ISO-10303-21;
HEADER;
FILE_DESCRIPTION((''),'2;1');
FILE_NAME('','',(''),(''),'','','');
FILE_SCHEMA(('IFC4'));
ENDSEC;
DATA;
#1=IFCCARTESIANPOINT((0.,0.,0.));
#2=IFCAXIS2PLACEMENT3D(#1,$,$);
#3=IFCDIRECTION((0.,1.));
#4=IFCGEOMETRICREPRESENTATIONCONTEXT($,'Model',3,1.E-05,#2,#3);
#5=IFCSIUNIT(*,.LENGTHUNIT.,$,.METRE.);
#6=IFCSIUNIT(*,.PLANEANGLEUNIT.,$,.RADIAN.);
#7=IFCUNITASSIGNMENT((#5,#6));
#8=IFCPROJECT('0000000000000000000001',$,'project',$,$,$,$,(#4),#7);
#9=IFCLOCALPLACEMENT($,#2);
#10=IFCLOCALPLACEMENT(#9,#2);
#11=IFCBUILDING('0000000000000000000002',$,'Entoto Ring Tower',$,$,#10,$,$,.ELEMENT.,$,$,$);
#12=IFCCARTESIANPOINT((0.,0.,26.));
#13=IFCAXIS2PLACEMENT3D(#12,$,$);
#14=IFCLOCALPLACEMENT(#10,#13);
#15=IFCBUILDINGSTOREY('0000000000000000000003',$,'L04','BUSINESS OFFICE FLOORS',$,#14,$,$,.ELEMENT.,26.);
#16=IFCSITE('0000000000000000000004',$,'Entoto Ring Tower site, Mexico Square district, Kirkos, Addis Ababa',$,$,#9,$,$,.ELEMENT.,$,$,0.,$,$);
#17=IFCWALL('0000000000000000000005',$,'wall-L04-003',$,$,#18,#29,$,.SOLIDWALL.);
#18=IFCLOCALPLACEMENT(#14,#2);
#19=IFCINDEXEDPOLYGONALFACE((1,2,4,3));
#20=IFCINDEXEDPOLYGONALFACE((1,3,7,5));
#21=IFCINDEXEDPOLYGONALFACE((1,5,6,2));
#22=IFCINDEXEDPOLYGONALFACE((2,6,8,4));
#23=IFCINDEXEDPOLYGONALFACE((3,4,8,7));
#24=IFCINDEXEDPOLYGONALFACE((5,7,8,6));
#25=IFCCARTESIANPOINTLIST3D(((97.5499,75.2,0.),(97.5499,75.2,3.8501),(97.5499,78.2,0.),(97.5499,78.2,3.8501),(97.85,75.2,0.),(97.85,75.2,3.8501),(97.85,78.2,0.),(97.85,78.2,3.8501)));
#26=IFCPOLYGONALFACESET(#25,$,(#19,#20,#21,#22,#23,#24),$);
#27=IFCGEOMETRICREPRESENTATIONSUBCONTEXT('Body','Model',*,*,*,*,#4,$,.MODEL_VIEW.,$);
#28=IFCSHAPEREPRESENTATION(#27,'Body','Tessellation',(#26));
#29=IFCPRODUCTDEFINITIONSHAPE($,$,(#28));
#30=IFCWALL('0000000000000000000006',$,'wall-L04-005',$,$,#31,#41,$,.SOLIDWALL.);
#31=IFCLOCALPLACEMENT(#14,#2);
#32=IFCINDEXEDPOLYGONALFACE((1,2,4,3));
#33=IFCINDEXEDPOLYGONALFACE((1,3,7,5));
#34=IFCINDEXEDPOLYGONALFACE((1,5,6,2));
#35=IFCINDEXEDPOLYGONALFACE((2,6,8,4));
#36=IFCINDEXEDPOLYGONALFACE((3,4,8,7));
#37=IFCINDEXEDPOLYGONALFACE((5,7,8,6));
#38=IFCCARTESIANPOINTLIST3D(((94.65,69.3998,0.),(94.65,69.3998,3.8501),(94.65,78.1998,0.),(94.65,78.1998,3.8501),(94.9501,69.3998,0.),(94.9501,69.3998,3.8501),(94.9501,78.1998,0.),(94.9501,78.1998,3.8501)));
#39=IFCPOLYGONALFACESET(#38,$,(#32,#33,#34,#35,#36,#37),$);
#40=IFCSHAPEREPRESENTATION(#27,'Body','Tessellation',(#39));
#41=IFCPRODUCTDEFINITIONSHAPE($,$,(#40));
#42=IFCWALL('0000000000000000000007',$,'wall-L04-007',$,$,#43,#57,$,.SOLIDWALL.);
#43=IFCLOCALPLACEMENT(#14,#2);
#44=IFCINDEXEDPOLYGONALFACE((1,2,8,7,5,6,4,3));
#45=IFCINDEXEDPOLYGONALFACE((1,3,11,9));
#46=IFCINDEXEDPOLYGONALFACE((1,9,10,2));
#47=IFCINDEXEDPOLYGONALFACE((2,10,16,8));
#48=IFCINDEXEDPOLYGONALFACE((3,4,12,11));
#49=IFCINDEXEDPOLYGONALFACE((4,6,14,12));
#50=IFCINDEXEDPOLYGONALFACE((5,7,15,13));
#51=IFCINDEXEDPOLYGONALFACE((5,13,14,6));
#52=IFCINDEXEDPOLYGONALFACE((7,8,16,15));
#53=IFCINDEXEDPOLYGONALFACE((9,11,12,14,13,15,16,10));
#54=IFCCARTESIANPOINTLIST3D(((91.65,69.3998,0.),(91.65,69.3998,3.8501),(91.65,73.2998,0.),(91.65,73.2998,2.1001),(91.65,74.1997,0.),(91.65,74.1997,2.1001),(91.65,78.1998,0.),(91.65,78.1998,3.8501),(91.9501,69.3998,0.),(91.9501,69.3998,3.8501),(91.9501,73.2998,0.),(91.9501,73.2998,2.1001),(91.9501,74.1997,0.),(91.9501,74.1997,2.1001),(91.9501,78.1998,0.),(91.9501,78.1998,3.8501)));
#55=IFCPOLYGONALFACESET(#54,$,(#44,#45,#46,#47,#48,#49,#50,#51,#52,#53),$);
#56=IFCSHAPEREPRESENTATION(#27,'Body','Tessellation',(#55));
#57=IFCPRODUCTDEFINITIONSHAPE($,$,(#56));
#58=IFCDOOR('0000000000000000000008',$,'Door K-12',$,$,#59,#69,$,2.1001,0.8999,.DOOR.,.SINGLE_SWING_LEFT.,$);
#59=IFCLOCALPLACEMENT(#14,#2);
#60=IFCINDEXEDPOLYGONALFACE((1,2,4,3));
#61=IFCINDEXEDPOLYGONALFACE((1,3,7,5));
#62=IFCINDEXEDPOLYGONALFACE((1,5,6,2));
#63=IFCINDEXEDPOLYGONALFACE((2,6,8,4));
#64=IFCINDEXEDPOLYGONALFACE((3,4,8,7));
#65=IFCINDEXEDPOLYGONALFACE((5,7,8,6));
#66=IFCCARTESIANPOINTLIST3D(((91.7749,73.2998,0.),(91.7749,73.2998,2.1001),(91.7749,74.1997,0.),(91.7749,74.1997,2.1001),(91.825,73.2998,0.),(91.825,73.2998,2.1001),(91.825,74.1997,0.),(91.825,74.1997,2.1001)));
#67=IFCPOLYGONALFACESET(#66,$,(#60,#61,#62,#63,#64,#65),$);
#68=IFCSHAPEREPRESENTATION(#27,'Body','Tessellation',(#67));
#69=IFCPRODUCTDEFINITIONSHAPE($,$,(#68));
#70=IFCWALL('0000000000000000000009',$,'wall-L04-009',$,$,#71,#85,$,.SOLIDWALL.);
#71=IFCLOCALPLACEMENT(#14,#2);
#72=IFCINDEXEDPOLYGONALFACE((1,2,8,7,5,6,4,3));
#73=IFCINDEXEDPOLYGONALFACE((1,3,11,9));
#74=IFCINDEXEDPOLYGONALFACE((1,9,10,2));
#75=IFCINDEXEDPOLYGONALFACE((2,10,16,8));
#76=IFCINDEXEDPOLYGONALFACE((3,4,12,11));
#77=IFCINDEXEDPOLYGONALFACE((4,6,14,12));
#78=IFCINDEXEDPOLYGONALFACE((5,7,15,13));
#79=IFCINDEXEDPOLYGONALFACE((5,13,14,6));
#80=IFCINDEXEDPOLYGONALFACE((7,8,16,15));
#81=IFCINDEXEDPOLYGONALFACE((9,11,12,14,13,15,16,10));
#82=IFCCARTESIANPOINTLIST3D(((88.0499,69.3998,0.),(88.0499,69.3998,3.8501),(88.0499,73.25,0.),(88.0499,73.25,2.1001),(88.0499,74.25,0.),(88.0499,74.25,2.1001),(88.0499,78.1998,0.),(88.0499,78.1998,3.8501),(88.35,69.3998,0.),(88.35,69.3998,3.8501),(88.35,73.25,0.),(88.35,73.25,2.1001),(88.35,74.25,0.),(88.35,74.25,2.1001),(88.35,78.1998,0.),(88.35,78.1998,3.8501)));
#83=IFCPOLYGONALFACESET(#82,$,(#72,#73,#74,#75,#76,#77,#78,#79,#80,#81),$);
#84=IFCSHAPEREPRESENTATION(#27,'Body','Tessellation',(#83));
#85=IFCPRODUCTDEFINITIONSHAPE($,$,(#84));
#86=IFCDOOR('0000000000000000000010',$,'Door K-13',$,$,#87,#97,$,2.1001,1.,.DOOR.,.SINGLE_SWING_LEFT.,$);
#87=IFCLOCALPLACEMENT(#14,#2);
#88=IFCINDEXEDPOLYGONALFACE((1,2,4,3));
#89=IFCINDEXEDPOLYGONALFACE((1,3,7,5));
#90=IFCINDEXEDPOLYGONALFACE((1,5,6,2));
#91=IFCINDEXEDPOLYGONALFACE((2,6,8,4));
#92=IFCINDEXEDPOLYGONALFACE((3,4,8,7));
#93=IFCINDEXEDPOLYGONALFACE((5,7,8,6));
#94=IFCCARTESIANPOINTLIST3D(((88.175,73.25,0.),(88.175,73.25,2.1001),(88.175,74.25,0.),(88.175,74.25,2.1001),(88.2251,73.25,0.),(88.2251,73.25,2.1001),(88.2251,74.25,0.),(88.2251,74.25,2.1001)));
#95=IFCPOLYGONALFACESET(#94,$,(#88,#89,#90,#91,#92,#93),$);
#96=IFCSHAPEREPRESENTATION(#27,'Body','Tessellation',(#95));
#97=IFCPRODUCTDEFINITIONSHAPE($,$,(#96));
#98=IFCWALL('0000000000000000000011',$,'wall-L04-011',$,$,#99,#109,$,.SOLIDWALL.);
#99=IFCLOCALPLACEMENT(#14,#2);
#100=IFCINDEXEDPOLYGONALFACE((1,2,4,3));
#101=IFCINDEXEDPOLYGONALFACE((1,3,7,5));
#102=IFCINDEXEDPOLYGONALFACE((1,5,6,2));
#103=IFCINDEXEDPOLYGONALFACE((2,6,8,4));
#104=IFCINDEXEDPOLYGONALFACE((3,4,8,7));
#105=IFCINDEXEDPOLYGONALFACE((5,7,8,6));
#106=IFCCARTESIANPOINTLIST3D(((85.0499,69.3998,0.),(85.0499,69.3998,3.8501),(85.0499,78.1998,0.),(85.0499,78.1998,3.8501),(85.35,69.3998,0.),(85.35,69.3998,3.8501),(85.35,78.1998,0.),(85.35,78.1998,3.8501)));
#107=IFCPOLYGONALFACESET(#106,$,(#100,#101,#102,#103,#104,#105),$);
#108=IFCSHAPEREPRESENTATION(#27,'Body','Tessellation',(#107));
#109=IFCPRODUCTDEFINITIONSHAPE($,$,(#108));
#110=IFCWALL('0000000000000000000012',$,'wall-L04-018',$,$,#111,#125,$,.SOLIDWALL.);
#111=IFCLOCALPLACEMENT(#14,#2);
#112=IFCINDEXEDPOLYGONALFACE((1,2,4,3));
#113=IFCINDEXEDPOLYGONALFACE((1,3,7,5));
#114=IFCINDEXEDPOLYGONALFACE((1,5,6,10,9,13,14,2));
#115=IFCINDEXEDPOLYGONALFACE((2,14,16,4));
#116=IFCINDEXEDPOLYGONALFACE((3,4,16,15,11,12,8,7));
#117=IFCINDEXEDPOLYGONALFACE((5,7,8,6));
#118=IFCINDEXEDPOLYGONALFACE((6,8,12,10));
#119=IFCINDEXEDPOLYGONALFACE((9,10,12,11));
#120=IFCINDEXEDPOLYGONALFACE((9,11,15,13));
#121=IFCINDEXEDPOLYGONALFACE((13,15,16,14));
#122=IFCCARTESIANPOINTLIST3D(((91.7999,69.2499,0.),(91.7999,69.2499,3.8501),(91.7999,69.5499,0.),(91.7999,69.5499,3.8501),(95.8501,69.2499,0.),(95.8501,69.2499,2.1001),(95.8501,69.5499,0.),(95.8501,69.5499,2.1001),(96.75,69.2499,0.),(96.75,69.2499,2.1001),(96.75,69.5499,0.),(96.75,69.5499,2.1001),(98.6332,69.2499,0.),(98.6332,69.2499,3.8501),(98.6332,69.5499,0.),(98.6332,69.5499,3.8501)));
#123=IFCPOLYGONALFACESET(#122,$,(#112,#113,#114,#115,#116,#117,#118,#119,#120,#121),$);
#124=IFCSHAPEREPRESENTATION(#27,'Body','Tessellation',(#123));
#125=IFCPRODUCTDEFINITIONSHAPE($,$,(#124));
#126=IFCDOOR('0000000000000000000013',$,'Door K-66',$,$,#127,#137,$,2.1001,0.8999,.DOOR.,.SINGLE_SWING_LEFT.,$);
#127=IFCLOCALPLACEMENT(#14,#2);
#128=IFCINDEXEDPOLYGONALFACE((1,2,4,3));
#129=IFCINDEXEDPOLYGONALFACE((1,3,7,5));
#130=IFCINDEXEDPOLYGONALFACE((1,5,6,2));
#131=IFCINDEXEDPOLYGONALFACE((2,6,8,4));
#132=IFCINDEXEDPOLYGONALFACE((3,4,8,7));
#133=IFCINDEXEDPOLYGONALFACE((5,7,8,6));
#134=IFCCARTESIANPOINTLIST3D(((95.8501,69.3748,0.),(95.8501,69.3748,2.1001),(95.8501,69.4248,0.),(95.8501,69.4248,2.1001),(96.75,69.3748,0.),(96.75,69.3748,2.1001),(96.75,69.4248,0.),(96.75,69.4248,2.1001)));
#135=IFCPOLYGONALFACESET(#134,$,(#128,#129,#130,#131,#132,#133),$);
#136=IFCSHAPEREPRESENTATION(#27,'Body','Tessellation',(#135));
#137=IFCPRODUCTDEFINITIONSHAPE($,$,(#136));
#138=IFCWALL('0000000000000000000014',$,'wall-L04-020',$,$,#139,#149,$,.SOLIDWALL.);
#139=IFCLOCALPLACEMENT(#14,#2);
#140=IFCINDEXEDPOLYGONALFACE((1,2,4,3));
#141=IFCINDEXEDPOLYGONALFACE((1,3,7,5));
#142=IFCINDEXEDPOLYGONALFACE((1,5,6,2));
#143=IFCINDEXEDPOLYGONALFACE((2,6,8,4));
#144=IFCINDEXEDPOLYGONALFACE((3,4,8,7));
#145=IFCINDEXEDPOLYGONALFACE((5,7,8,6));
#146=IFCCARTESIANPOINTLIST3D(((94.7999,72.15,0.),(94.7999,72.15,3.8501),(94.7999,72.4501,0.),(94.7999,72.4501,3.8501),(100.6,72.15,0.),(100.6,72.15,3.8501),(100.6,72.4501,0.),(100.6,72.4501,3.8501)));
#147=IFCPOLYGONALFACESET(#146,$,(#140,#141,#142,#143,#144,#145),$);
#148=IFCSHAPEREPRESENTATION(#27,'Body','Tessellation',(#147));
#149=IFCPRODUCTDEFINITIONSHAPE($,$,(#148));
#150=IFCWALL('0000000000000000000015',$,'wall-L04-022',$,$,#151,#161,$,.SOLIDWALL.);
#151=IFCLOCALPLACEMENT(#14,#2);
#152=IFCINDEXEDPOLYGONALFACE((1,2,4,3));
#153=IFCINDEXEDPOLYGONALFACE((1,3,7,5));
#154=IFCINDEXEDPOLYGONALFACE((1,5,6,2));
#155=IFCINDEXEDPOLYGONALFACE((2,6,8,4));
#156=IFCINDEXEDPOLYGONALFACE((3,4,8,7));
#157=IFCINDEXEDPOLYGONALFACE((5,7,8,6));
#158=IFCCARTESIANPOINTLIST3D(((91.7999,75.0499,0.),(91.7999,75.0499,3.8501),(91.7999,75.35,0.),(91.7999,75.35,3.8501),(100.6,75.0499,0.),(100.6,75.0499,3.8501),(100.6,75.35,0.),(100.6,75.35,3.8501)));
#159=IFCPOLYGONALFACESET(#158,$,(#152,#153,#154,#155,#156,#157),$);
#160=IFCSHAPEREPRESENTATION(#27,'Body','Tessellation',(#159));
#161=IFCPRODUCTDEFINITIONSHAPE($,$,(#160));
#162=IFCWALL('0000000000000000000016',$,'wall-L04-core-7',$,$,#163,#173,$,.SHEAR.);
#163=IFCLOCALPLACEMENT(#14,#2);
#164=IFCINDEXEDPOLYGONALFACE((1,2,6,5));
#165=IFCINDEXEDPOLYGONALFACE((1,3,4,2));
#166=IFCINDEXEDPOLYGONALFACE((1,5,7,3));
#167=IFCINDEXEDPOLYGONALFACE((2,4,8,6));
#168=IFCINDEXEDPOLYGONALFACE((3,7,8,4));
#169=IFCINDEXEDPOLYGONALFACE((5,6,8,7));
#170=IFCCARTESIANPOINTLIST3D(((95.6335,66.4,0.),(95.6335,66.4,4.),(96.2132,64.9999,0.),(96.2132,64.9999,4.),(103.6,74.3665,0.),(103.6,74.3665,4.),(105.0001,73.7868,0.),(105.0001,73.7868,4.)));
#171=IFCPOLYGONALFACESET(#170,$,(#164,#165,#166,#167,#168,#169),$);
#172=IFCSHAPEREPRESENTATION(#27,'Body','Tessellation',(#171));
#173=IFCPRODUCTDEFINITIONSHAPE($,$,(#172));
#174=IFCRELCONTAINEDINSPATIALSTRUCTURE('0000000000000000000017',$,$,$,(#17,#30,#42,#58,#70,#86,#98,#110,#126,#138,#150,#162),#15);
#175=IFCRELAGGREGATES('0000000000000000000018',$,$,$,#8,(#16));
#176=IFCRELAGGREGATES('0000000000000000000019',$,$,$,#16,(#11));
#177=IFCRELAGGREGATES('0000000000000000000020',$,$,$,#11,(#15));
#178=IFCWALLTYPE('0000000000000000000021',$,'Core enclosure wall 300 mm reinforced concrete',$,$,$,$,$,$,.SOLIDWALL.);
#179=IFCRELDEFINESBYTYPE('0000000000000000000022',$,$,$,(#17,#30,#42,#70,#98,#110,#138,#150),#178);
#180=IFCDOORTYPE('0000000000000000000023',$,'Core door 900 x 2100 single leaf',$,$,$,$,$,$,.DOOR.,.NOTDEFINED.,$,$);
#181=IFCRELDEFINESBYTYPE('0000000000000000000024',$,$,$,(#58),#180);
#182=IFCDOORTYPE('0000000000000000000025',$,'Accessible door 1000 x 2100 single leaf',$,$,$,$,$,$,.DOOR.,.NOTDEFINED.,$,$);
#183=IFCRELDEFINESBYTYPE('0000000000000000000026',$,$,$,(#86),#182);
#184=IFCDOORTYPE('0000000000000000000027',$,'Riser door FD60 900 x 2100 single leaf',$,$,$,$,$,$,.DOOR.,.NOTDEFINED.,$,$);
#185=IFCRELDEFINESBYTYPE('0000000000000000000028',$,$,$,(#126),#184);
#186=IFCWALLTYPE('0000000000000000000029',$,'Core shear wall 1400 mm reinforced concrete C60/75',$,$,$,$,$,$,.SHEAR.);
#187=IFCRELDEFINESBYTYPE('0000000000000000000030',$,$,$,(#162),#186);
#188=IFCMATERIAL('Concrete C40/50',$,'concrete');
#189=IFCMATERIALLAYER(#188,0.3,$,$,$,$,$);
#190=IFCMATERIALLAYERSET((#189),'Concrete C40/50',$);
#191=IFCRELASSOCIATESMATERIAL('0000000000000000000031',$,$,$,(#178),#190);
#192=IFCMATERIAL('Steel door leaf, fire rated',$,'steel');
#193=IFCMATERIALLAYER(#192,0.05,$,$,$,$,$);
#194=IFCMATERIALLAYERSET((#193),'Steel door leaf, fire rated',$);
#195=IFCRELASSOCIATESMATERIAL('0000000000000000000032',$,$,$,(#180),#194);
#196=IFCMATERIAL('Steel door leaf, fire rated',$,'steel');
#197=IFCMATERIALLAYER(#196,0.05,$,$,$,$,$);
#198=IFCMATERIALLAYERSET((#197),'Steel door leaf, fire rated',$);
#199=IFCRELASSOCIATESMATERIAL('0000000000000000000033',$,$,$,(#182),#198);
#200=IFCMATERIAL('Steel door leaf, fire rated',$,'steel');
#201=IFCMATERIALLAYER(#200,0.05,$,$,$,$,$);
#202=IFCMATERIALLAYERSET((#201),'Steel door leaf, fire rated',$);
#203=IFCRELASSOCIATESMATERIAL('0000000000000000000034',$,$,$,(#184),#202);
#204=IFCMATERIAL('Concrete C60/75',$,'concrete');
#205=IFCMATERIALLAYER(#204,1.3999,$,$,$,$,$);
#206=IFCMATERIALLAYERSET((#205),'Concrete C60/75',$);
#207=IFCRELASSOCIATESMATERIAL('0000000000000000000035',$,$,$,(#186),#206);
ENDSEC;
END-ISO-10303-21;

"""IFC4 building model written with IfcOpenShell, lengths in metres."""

from ifc_helpers import new_model, si_unit, direction, frame, frame_2d, origin, place, context, subcontext, project, spatial, polyline, rectangle, outline, extrude, material, layer, layer_set, type_object, element, fill, save


model = new_model("IFC4")

# Units and contexts
model_context = context("Model", 3, precision=1e-05, world=origin(), true_north=direction((0.0, 1.0)))
body_context = subcontext(model_context, "Body", "Model", "MODEL_VIEW")
ifc_project = project(units=[si_unit("LENGTHUNIT", "METRE"), si_unit("PLANEANGLEUNIT", "RADIAN")], contexts=[model_context])

# Site, building, storey
site_placement = place(None, origin())
site = spatial("IfcSite", under=ifc_project, at=site_placement, Name="Entoto Ring Tower site, Mexico Square district, Kirkos, Addis Ababa", CompositionType="ELEMENT", RefElevation=0.0)
building_placement = place(site_placement, origin())
building = spatial("IfcBuilding", under=site, at=building_placement, Name="Entoto Ring Tower", CompositionType="ELEMENT")
storey_placement = place(building_placement, frame((0.0, 0.0, 26.0)))
storey = spatial("IfcBuildingStorey", under=building, at=storey_placement, Name="L04", Description="BUSINESS OFFICE FLOORS", CompositionType="ELEMENT", Elevation=26.0)

# Walls
ifc_material_1 = material(Name="Concrete C40/50", Category="concrete")
ifc_layer_1 = layer(ifc_material_1, 0.3)
ifc_layer_set_1 = layer_set([ifc_layer_1], Name="Concrete C40/50")
wall_type_1 = type_object("IfcWallType", Name="Core enclosure wall 300 mm reinforced concrete", PredefinedType="SOLIDWALL", material=ifc_layer_set_1)
wall_1_placement = place(storey_placement, frame((97.7, 75.2, 0.0), z_axis=(0.0, 0.0, 1.0), x_axis=(0.0, 1.0, 0.0)))
element("IfcWall", 1, at=wall_1_placement, inside=storey, type_object=wall_type_1, Name="wall-L04-003", PredefinedType="SOLIDWALL", context=body_context, shape_type="SweptSolid", body=[
    extrude(rectangle(XDim=3.0, YDim=0.3, at=frame_2d((1.5, 0.0))), origin(), (0.0, 0.0, 1.0), 3.8501),
])
wall_2_placement = place(storey_placement, frame((94.8, 69.3999, 0.0), z_axis=(0.0, 0.0, 1.0), x_axis=(0.0, 1.0, 0.0)))
element("IfcWall", 2, at=wall_2_placement, inside=storey, type_object=wall_type_1, Name="wall-L04-005", PredefinedType="SOLIDWALL", context=body_context, shape_type="SweptSolid", body=[
    extrude(rectangle(XDim=8.8, YDim=0.3, at=frame_2d((4.3999, 0.0))), origin(), (0.0, 0.0, 1.0), 3.8501),
])

# Walls, openings, doors
wall_3_placement = place(storey_placement, frame((91.8, 69.3999, 0.0), z_axis=(0.0, 0.0, 1.0), x_axis=(0.0, 1.0, 0.0)))
wall_3 = element("IfcWall", 3, at=wall_3_placement, inside=storey, type_object=wall_type_1, Name="wall-L04-007", PredefinedType="SOLIDWALL", context=body_context, shape_type="SweptSolid", body=[
    extrude(rectangle(XDim=8.8, YDim=0.3, at=frame_2d((4.3999, 0.0))), origin(), (0.0, 0.0, 1.0), 3.8501),
])
opening_1_placement = place(wall_3_placement, frame((3.8999, 0.0, 0.0)))
opening_1 = element("IfcOpeningElement", 4, at=opening_1_placement, cuts=wall_3, PredefinedType="OPENING", context=body_context, shape_type="SweptSolid", body=[
    extrude(rectangle(XDim=0.8999, YDim=2.1001, at=frame_2d((0.45, 1.05))), frame((0.0, 0.1602, 0.0), z_axis=(0.0, -1.0, 0.0), x_axis=(1.0, 0.0, 0.0)), (0.0, 0.0, 1.0), 0.3201),
])
ifc_material_2 = material(Name="Steel door leaf, fire rated", Category="steel")
ifc_layer_2 = layer(ifc_material_2, 0.05)
ifc_layer_set_2 = layer_set([ifc_layer_2], Name="Steel door leaf, fire rated")
door_type_1 = type_object("IfcDoorType", Name="Core door 900 x 2100 single leaf", OperationType="NOTDEFINED", PredefinedType="DOOR", material=ifc_layer_set_2)
door_1_placement = place(opening_1_placement, frame((0.8999, 0.0, 0.0), z_axis=(0.0, 0.0, 1.0), x_axis=(-1.0, 0.0, 0.0)))
door_1 = element("IfcDoor", 5, at=door_1_placement, inside=storey, type_object=door_type_1, Name="Door K-12", OperationType="SINGLE_SWING_LEFT", OverallHeight=2.1001, OverallWidth=0.8999, PredefinedType="DOOR", context=body_context, shape_type="SweptSolid", body=[
    extrude(rectangle(XDim=0.8999, YDim=2.1001, at=frame_2d((0.45, 1.05))), frame((0.0, 0.0249, 0.0), z_axis=(0.0, -1.0, 0.0), x_axis=(1.0, 0.0, 0.0)), (0.0, 0.0, 1.0), 0.05),
])
fill(opening_1, door_1)
wall_4_placement = place(storey_placement, frame((88.2, 69.3999, 0.0), z_axis=(0.0, 0.0, 1.0), x_axis=(0.0, 1.0, 0.0)))
wall_4 = element("IfcWall", 6, at=wall_4_placement, inside=storey, type_object=wall_type_1, Name="wall-L04-009", PredefinedType="SOLIDWALL", context=body_context, shape_type="SweptSolid", body=[
    extrude(rectangle(XDim=8.8, YDim=0.3, at=frame_2d((4.3999, 0.0))), origin(), (0.0, 0.0, 1.0), 3.8501),
])
opening_2_placement = place(wall_4_placement, frame((3.8501, 0.0, 0.0)))
opening_2 = element("IfcOpeningElement", 7, at=opening_2_placement, cuts=wall_4, PredefinedType="OPENING", context=body_context, shape_type="SweptSolid", body=[
    extrude(rectangle(XDim=1.0, YDim=2.1001, at=frame_2d((0.5, 1.05))), frame((0.0, 0.1602, 0.0), z_axis=(0.0, -1.0, 0.0), x_axis=(1.0, 0.0, 0.0)), (0.0, 0.0, 1.0), 0.3201),
])
ifc_material_3 = material(Name="Steel door leaf, fire rated", Category="steel")
ifc_layer_3 = layer(ifc_material_3, 0.05)
ifc_layer_set_3 = layer_set([ifc_layer_3], Name="Steel door leaf, fire rated")
door_type_2 = type_object("IfcDoorType", Name="Accessible door 1000 x 2100 single leaf", OperationType="NOTDEFINED", PredefinedType="DOOR", material=ifc_layer_set_3)
door_2_placement = place(opening_2_placement, origin())
door_2 = element("IfcDoor", 8, at=door_2_placement, inside=storey, type_object=door_type_2, Name="Door K-13", OperationType="SINGLE_SWING_LEFT", OverallHeight=2.1001, OverallWidth=1.0, PredefinedType="DOOR", context=body_context, shape_type="SweptSolid", body=[
    extrude(rectangle(XDim=1.0, YDim=2.1001, at=frame_2d((0.5, 1.05))), frame((0.0, 0.0249, 0.0), z_axis=(0.0, -1.0, 0.0), x_axis=(1.0, 0.0, 0.0)), (0.0, 0.0, 1.0), 0.05),
])
fill(opening_2, door_2)

# Wall
wall_5_placement = place(storey_placement, frame((85.2, 69.3999, 0.0), z_axis=(0.0, 0.0, 1.0), x_axis=(0.0, 1.0, 0.0)))
element("IfcWall", 9, at=wall_5_placement, inside=storey, type_object=wall_type_1, Name="wall-L04-011", PredefinedType="SOLIDWALL", context=body_context, shape_type="SweptSolid", body=[
    extrude(rectangle(XDim=8.8, YDim=0.3, at=frame_2d((4.3999, 0.0))), origin(), (0.0, 0.0, 1.0), 3.8501),
])

# Wall, opening, door
wall_6_placement = place(storey_placement, frame((91.8, 69.3999, 0.0), z_axis=(0.0, 0.0, 1.0), x_axis=(1.0, 0.0, 0.0)))
wall_6 = element("IfcWall", 10, at=wall_6_placement, inside=storey, type_object=wall_type_1, Name="wall-L04-018", PredefinedType="SOLIDWALL", context=body_context, shape_type="SweptSolid", body=[
    extrude(rectangle(XDim=6.8333, YDim=0.3, at=frame_2d((3.4165, 0.0))), origin(), (0.0, 0.0, 1.0), 3.8501),
])
opening_3_placement = place(wall_6_placement, frame((4.05, 0.0, 0.0)))
opening_3 = element("IfcOpeningElement", 11, at=opening_3_placement, cuts=wall_6, PredefinedType="OPENING", context=body_context, shape_type="SweptSolid", body=[
    extrude(rectangle(XDim=0.8999, YDim=2.1001, at=frame_2d((0.45, 1.05))), frame((0.0, 0.1602, 0.0), z_axis=(0.0, -1.0, 0.0), x_axis=(1.0, 0.0, 0.0)), (0.0, 0.0, 1.0), 0.3201),
])
ifc_material_4 = material(Name="Steel door leaf, fire rated", Category="steel")
ifc_layer_4 = layer(ifc_material_4, 0.05)
ifc_layer_set_4 = layer_set([ifc_layer_4], Name="Steel door leaf, fire rated")
door_type_3 = type_object("IfcDoorType", Name="Riser door FD60 900 x 2100 single leaf", OperationType="NOTDEFINED", PredefinedType="DOOR", material=ifc_layer_set_4)
door_3_placement = place(opening_3_placement, origin())
door_3 = element("IfcDoor", 12, at=door_3_placement, inside=storey, type_object=door_type_3, Name="Door K-66", OperationType="SINGLE_SWING_LEFT", OverallHeight=2.1001, OverallWidth=0.8999, PredefinedType="DOOR", context=body_context, shape_type="SweptSolid", body=[
    extrude(rectangle(XDim=0.8999, YDim=2.1001, at=frame_2d((0.45, 1.05))), frame((0.0, 0.0249, 0.0), z_axis=(0.0, -1.0, 0.0), x_axis=(1.0, 0.0, 0.0)), (0.0, 0.0, 1.0), 0.05),
])
fill(opening_3, door_3)

# Walls
wall_7_placement = place(storey_placement, frame((94.8, 72.3, 0.0), z_axis=(0.0, 0.0, 1.0), x_axis=(1.0, 0.0, 0.0)))
element("IfcWall", 13, at=wall_7_placement, inside=storey, type_object=wall_type_1, Name="wall-L04-020", PredefinedType="SOLIDWALL", context=body_context, shape_type="SweptSolid", body=[
    extrude(rectangle(XDim=5.8, YDim=0.3, at=frame_2d((2.8999, 0.0))), origin(), (0.0, 0.0, 1.0), 3.8501),
])
wall_8_placement = place(storey_placement, frame((91.8, 75.2, 0.0), z_axis=(0.0, 0.0, 1.0), x_axis=(1.0, 0.0, 0.0)))
element("IfcWall", 14, at=wall_8_placement, inside=storey, type_object=wall_type_1, Name="wall-L04-022", PredefinedType="SOLIDWALL", context=body_context, shape_type="SweptSolid", body=[
    extrude(rectangle(XDim=8.8, YDim=0.3, at=frame_2d((4.3999, 0.0))), origin(), (0.0, 0.0, 1.0), 3.8501),
])
ifc_material_5 = material(Name="Concrete C60/75", Category="concrete")
ifc_layer_5 = layer(ifc_material_5, 1.3999)
ifc_layer_set_5 = layer_set([ifc_layer_5], Name="Concrete C60/75")
wall_type_2 = type_object("IfcWallType", Name="Core shear wall 1400 mm reinforced concrete C60/75", PredefinedType="SHEAR", material=ifc_layer_set_5)
wall_9_placement = place(storey_placement, frame((95.9233, 65.7, 0.0), z_axis=(0.0, 0.0, 1.0), x_axis=(0.707107, 0.707107, 0.0)))
element("IfcWall", 15, at=wall_9_placement, inside=storey, type_object=wall_type_2, Name="wall-L04-core-7", PredefinedType="SHEAR", context=body_context, shape_type="SweptSolid", body=[
    extrude(outline(polyline([(-0.29, -0.7), (12.1365, -0.7), (11.5564, 0.7), (0.29, 0.7), (-0.29, -0.7)])), origin(), (0.0, 0.0, 1.0), 4.0),
])

save(model, "model.ifc")
